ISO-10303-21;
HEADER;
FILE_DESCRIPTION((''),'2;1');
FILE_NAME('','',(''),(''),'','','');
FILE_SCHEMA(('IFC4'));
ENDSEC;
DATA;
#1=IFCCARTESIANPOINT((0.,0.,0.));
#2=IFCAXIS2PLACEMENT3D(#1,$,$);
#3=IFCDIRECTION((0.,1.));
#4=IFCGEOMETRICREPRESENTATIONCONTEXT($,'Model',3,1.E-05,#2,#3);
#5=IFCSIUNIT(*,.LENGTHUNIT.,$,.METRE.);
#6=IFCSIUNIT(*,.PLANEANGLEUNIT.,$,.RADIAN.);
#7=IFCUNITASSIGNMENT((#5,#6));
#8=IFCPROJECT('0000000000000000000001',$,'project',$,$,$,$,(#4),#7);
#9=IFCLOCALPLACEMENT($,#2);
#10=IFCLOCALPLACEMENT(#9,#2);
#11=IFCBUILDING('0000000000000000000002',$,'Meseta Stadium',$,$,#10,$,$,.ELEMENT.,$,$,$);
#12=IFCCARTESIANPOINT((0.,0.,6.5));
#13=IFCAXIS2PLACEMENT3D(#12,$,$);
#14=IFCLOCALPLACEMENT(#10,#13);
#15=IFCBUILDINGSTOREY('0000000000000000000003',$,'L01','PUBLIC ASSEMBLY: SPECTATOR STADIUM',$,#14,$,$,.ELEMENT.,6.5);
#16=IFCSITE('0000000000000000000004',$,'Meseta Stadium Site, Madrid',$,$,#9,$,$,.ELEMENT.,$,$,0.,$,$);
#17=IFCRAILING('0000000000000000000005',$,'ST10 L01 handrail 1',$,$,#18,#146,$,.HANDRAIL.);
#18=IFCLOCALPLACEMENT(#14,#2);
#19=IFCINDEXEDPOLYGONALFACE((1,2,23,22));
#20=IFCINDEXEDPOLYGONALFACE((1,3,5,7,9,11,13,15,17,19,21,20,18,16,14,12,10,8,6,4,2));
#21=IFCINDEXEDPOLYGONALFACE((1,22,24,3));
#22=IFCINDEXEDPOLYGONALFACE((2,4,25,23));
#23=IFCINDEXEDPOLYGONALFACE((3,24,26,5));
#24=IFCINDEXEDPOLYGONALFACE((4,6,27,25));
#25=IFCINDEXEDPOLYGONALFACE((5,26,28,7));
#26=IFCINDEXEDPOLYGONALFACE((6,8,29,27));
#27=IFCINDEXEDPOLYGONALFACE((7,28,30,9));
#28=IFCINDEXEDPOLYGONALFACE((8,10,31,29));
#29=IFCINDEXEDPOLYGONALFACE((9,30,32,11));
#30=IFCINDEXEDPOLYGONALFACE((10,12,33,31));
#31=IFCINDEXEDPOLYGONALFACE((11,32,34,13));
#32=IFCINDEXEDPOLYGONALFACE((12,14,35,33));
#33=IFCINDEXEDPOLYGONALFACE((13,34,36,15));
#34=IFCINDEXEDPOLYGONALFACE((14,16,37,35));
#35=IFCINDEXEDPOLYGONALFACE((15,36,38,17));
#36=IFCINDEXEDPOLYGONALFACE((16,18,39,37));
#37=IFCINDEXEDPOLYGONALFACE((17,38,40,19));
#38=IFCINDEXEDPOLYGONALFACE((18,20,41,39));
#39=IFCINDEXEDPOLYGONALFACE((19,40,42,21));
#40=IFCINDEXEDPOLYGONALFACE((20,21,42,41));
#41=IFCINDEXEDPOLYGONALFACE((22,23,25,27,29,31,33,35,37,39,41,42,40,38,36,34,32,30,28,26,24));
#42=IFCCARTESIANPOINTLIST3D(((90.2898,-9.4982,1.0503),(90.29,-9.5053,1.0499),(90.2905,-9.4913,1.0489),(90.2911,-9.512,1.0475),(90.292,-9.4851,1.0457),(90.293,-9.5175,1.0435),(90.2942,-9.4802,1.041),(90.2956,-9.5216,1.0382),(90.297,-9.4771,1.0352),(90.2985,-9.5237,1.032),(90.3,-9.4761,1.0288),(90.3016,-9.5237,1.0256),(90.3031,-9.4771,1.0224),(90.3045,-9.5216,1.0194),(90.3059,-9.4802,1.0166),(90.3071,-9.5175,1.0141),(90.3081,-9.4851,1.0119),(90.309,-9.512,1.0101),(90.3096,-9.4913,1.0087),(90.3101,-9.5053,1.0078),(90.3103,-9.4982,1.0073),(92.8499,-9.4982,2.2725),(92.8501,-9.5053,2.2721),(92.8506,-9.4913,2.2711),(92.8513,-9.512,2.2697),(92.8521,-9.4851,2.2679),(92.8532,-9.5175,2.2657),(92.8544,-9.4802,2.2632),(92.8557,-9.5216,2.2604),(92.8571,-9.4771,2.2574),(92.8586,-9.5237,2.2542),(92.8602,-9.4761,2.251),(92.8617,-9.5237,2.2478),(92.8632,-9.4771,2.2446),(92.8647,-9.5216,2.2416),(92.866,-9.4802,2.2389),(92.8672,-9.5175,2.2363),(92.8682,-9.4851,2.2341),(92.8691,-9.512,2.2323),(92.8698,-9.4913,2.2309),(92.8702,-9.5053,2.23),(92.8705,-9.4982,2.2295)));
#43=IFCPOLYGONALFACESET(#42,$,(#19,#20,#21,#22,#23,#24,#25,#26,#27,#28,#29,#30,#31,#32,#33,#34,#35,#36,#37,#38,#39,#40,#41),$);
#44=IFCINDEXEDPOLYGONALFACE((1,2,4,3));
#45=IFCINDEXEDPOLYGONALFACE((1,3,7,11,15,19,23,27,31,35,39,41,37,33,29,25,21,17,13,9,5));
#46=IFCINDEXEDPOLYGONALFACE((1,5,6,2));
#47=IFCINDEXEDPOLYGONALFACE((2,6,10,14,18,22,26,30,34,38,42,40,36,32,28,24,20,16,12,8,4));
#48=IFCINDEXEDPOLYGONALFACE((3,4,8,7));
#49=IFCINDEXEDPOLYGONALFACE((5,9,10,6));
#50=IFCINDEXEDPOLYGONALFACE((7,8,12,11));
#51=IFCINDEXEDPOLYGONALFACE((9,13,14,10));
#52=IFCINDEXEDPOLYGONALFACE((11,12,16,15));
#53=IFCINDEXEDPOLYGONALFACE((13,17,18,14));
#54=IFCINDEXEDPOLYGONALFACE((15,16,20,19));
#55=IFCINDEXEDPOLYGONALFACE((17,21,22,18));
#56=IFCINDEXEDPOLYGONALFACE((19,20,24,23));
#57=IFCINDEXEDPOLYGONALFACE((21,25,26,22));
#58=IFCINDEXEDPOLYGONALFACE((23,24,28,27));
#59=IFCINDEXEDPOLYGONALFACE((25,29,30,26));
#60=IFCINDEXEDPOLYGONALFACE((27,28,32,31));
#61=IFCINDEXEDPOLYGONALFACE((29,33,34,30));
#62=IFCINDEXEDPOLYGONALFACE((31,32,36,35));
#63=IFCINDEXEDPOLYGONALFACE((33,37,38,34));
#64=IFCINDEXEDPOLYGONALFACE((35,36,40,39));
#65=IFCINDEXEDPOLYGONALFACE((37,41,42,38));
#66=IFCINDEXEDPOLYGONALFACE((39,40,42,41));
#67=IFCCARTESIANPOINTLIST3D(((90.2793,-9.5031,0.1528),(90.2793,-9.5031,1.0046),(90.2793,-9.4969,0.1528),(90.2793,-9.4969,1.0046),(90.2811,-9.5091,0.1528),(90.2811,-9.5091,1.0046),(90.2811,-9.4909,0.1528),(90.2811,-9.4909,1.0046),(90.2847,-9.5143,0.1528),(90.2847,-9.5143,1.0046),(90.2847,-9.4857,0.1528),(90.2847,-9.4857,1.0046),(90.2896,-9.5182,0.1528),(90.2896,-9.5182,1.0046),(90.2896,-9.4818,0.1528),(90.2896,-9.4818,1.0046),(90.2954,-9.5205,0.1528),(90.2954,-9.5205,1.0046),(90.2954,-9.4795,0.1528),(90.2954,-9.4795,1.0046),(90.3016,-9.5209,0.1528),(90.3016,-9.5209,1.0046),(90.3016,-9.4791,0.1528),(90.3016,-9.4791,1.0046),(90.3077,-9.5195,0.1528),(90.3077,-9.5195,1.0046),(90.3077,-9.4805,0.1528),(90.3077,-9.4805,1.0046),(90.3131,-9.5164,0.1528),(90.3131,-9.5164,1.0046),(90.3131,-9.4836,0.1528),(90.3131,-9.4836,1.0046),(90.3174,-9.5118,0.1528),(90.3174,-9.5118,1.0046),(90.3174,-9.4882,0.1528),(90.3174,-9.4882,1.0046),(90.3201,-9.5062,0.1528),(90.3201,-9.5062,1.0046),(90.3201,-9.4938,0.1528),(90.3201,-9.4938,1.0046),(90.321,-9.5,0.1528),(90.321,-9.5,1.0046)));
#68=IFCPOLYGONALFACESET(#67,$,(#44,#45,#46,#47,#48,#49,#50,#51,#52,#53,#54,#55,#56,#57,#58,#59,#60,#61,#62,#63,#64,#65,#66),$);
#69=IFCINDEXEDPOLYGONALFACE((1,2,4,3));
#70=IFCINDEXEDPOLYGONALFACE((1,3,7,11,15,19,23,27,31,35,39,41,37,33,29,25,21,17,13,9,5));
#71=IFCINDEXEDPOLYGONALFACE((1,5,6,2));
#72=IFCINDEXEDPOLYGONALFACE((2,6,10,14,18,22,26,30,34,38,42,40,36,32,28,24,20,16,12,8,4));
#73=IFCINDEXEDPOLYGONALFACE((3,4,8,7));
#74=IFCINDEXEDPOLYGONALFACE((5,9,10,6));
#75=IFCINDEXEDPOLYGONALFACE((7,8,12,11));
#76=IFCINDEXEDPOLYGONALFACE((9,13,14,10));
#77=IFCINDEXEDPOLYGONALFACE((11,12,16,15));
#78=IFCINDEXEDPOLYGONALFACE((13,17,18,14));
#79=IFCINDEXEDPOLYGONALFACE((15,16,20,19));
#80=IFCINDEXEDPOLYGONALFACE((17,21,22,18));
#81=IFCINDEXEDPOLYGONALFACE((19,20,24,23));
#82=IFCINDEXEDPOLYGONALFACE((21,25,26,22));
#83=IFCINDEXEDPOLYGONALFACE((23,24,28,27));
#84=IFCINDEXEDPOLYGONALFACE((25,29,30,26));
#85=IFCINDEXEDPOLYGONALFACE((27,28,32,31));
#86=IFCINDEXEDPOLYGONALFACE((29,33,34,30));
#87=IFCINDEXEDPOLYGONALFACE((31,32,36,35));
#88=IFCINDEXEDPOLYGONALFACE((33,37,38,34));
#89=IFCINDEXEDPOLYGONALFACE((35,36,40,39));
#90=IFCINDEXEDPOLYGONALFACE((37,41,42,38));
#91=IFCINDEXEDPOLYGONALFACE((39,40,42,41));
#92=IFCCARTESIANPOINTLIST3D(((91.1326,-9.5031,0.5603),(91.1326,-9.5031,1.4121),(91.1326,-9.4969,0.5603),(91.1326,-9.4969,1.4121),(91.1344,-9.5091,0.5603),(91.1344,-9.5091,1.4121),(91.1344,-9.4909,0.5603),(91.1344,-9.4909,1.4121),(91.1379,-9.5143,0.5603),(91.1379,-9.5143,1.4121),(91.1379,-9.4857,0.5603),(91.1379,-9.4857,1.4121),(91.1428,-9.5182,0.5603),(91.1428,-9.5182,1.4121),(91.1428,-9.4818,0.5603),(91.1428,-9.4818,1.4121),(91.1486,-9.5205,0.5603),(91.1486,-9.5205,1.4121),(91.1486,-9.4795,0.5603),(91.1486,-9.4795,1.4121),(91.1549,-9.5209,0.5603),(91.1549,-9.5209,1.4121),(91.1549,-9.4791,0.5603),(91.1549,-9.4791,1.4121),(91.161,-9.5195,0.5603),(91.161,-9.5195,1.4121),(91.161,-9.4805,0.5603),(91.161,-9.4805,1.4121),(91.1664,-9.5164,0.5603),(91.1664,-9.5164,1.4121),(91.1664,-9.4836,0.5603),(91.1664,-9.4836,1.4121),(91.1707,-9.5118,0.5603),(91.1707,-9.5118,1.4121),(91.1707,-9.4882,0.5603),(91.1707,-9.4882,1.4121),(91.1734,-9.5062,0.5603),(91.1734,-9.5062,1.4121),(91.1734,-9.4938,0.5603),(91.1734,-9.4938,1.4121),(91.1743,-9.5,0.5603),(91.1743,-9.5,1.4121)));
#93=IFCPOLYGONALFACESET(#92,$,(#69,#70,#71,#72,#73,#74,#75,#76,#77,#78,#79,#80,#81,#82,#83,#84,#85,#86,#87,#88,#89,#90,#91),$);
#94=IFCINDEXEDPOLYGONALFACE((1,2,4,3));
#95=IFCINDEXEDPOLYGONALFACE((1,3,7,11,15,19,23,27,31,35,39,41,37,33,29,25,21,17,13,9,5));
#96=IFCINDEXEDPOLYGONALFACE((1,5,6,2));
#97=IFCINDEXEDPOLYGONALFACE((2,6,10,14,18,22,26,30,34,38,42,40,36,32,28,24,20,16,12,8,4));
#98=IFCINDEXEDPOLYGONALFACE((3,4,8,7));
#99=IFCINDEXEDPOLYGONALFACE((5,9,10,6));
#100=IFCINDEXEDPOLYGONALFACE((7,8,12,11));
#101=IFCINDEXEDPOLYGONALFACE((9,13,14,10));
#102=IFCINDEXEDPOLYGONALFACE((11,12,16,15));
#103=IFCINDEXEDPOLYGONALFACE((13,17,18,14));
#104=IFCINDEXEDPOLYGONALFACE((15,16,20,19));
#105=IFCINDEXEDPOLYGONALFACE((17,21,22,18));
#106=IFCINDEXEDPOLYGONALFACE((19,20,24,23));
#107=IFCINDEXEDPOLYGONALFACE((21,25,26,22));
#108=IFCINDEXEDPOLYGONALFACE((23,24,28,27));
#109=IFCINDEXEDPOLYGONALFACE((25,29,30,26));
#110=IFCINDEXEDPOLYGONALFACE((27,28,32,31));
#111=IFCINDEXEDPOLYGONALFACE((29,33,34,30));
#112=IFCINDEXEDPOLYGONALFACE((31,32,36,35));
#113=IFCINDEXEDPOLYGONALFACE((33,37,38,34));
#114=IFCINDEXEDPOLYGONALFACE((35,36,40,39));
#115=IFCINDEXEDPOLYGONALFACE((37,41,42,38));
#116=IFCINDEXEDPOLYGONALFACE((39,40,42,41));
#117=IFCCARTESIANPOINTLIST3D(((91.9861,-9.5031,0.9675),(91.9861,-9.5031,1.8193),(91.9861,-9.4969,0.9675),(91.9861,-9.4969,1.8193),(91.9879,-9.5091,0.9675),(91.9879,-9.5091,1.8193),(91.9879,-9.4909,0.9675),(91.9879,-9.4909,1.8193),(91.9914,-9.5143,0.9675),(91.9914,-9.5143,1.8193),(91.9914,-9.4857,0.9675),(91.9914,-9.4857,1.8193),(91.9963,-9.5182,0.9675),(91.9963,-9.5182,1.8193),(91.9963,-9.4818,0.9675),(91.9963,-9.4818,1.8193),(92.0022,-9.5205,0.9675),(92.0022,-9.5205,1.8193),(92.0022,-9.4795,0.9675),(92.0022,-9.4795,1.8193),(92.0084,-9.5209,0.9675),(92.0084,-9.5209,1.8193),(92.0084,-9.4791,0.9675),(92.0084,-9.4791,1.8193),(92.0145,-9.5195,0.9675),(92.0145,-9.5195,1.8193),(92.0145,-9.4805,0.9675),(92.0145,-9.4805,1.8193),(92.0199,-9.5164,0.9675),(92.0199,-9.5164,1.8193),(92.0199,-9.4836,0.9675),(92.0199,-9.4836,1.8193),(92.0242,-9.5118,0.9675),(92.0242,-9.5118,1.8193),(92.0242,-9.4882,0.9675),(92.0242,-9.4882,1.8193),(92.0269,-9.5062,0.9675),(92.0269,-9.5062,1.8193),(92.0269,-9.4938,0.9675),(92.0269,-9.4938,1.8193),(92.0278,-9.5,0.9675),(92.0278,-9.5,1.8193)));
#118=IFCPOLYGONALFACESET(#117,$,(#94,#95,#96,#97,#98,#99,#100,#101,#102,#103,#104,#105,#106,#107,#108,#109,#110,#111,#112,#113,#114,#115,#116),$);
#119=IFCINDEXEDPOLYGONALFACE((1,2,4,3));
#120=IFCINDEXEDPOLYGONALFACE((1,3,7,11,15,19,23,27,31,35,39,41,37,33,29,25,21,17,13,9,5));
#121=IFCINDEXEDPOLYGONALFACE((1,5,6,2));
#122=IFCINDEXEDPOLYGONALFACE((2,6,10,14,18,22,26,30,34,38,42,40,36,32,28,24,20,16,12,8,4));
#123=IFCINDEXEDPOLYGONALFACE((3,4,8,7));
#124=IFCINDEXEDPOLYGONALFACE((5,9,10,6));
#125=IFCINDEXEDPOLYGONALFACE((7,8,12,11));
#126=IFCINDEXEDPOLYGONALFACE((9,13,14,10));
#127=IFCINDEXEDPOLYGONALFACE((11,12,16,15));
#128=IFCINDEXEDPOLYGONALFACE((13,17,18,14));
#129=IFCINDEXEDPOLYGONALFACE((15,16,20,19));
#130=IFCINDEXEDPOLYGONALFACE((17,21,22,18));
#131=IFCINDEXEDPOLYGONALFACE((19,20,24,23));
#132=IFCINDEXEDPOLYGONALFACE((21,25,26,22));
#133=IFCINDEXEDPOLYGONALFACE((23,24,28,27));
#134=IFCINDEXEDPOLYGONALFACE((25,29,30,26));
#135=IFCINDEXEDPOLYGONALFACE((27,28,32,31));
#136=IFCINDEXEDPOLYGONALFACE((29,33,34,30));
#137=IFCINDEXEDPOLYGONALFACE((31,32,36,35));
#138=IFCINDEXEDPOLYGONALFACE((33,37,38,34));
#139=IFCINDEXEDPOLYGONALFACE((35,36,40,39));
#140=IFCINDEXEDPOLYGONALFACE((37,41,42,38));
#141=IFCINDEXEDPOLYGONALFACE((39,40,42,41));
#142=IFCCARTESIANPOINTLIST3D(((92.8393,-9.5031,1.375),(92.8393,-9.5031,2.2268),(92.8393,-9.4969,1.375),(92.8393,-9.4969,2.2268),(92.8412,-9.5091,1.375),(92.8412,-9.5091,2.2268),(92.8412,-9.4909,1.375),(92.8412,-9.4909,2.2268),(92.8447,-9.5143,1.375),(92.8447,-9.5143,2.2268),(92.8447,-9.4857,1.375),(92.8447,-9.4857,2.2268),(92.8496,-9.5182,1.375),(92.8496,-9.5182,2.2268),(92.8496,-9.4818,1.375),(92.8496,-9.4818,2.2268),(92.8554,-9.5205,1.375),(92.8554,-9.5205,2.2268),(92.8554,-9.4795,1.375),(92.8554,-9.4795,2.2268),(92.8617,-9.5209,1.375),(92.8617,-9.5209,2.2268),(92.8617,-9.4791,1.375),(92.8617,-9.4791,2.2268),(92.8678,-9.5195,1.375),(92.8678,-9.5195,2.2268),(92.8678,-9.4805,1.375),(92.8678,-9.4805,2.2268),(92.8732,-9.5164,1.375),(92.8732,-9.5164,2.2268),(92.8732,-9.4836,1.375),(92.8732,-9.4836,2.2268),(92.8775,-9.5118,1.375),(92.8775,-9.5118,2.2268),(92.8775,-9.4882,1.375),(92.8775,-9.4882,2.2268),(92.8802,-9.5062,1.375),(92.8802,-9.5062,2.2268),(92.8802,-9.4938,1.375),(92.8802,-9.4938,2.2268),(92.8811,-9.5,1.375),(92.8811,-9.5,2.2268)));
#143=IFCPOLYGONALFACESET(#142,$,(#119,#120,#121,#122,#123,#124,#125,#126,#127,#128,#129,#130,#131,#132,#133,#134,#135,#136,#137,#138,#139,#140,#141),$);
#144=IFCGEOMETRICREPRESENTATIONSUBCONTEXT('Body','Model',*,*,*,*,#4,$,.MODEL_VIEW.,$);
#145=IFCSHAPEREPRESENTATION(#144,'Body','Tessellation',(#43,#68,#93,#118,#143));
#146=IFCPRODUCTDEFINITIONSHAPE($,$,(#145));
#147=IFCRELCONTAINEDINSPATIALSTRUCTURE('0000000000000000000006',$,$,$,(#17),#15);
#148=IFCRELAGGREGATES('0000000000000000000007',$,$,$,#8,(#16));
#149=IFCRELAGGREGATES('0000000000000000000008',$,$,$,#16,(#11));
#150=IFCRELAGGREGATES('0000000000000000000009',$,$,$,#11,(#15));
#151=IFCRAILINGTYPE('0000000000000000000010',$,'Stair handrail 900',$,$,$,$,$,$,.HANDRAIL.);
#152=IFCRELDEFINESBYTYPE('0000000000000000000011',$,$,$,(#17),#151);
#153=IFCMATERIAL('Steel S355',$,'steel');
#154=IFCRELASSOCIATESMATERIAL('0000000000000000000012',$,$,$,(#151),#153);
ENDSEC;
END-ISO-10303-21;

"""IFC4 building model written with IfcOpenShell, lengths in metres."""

from ifc_helpers import new_model, si_unit, direction, frame, origin, origin_2d, place, context, subcontext, project, spatial, circle, extrude, material, type_object, element, save


model = new_model("IFC4")

# Units and contexts
model_context = context("Model", 3, precision=1e-05, world=origin(), true_north=direction((0.0, 1.0)))
body_context = subcontext(model_context, "Body", "Model", "MODEL_VIEW")
ifc_project = project(units=[si_unit("LENGTHUNIT", "METRE"), si_unit("PLANEANGLEUNIT", "RADIAN")], contexts=[model_context])

# Site, building, storey
site_placement = place(None, origin())
site = spatial("IfcSite", under=ifc_project, at=site_placement, Name="Meseta Stadium Site, Madrid", CompositionType="ELEMENT", RefElevation=0.0)
building_placement = place(site_placement, origin())
building = spatial("IfcBuilding", under=site, at=building_placement, Name="Meseta Stadium", CompositionType="ELEMENT")
storey_placement = place(building_placement, frame((0.0, 0.0, 6.5)))
storey = spatial("IfcBuildingStorey", under=building, at=storey_placement, Name="L01", Description="PUBLIC ASSEMBLY: SPECTATOR STADIUM", CompositionType="ELEMENT", Elevation=6.5)

# Railing
ifc_material_1 = material(Name="Steel S355", Category="steel")
railing_type_1 = type_object("IfcRailingType", Name="Stair handrail 900", PredefinedType="HANDRAIL", material=ifc_material_1)
railing_1_placement = place(storey_placement, frame((90.3, -9.5, 0.1528)))
element("IfcRailing", 1, at=railing_1_placement, inside=storey, type_object=railing_type_1, Name="ST10 L01 handrail 1", PredefinedType="HANDRAIL", context=body_context, shape_type="SweptSolid", body=[
    extrude(circle(Radius=0.0239, at=origin_2d()), frame((0.0, 0.0, 0.876), z_axis=(0.902437, 0.0, 0.430822), x_axis=(0.0, 1.0, 0.0)), (0.0, 0.0, 1.0), 2.8369),
    extrude(circle(Radius=0.021, at=origin_2d()), origin(), (0.0, 0.0, 1.0), 0.8518),
    extrude(circle(Radius=0.021, at=origin_2d()), frame((0.8533, 0.0, 0.4075)), (0.0, 0.0, 1.0), 0.8518),
    extrude(circle(Radius=0.021, at=origin_2d()), frame((1.7068, 0.0, 0.8147)), (0.0, 0.0, 1.0), 0.8518),
    extrude(circle(Radius=0.021, at=origin_2d()), frame((2.5601, 0.0, 1.2222)), (0.0, 0.0, 1.0), 0.8518),
])

save(model, "model.ifc")
